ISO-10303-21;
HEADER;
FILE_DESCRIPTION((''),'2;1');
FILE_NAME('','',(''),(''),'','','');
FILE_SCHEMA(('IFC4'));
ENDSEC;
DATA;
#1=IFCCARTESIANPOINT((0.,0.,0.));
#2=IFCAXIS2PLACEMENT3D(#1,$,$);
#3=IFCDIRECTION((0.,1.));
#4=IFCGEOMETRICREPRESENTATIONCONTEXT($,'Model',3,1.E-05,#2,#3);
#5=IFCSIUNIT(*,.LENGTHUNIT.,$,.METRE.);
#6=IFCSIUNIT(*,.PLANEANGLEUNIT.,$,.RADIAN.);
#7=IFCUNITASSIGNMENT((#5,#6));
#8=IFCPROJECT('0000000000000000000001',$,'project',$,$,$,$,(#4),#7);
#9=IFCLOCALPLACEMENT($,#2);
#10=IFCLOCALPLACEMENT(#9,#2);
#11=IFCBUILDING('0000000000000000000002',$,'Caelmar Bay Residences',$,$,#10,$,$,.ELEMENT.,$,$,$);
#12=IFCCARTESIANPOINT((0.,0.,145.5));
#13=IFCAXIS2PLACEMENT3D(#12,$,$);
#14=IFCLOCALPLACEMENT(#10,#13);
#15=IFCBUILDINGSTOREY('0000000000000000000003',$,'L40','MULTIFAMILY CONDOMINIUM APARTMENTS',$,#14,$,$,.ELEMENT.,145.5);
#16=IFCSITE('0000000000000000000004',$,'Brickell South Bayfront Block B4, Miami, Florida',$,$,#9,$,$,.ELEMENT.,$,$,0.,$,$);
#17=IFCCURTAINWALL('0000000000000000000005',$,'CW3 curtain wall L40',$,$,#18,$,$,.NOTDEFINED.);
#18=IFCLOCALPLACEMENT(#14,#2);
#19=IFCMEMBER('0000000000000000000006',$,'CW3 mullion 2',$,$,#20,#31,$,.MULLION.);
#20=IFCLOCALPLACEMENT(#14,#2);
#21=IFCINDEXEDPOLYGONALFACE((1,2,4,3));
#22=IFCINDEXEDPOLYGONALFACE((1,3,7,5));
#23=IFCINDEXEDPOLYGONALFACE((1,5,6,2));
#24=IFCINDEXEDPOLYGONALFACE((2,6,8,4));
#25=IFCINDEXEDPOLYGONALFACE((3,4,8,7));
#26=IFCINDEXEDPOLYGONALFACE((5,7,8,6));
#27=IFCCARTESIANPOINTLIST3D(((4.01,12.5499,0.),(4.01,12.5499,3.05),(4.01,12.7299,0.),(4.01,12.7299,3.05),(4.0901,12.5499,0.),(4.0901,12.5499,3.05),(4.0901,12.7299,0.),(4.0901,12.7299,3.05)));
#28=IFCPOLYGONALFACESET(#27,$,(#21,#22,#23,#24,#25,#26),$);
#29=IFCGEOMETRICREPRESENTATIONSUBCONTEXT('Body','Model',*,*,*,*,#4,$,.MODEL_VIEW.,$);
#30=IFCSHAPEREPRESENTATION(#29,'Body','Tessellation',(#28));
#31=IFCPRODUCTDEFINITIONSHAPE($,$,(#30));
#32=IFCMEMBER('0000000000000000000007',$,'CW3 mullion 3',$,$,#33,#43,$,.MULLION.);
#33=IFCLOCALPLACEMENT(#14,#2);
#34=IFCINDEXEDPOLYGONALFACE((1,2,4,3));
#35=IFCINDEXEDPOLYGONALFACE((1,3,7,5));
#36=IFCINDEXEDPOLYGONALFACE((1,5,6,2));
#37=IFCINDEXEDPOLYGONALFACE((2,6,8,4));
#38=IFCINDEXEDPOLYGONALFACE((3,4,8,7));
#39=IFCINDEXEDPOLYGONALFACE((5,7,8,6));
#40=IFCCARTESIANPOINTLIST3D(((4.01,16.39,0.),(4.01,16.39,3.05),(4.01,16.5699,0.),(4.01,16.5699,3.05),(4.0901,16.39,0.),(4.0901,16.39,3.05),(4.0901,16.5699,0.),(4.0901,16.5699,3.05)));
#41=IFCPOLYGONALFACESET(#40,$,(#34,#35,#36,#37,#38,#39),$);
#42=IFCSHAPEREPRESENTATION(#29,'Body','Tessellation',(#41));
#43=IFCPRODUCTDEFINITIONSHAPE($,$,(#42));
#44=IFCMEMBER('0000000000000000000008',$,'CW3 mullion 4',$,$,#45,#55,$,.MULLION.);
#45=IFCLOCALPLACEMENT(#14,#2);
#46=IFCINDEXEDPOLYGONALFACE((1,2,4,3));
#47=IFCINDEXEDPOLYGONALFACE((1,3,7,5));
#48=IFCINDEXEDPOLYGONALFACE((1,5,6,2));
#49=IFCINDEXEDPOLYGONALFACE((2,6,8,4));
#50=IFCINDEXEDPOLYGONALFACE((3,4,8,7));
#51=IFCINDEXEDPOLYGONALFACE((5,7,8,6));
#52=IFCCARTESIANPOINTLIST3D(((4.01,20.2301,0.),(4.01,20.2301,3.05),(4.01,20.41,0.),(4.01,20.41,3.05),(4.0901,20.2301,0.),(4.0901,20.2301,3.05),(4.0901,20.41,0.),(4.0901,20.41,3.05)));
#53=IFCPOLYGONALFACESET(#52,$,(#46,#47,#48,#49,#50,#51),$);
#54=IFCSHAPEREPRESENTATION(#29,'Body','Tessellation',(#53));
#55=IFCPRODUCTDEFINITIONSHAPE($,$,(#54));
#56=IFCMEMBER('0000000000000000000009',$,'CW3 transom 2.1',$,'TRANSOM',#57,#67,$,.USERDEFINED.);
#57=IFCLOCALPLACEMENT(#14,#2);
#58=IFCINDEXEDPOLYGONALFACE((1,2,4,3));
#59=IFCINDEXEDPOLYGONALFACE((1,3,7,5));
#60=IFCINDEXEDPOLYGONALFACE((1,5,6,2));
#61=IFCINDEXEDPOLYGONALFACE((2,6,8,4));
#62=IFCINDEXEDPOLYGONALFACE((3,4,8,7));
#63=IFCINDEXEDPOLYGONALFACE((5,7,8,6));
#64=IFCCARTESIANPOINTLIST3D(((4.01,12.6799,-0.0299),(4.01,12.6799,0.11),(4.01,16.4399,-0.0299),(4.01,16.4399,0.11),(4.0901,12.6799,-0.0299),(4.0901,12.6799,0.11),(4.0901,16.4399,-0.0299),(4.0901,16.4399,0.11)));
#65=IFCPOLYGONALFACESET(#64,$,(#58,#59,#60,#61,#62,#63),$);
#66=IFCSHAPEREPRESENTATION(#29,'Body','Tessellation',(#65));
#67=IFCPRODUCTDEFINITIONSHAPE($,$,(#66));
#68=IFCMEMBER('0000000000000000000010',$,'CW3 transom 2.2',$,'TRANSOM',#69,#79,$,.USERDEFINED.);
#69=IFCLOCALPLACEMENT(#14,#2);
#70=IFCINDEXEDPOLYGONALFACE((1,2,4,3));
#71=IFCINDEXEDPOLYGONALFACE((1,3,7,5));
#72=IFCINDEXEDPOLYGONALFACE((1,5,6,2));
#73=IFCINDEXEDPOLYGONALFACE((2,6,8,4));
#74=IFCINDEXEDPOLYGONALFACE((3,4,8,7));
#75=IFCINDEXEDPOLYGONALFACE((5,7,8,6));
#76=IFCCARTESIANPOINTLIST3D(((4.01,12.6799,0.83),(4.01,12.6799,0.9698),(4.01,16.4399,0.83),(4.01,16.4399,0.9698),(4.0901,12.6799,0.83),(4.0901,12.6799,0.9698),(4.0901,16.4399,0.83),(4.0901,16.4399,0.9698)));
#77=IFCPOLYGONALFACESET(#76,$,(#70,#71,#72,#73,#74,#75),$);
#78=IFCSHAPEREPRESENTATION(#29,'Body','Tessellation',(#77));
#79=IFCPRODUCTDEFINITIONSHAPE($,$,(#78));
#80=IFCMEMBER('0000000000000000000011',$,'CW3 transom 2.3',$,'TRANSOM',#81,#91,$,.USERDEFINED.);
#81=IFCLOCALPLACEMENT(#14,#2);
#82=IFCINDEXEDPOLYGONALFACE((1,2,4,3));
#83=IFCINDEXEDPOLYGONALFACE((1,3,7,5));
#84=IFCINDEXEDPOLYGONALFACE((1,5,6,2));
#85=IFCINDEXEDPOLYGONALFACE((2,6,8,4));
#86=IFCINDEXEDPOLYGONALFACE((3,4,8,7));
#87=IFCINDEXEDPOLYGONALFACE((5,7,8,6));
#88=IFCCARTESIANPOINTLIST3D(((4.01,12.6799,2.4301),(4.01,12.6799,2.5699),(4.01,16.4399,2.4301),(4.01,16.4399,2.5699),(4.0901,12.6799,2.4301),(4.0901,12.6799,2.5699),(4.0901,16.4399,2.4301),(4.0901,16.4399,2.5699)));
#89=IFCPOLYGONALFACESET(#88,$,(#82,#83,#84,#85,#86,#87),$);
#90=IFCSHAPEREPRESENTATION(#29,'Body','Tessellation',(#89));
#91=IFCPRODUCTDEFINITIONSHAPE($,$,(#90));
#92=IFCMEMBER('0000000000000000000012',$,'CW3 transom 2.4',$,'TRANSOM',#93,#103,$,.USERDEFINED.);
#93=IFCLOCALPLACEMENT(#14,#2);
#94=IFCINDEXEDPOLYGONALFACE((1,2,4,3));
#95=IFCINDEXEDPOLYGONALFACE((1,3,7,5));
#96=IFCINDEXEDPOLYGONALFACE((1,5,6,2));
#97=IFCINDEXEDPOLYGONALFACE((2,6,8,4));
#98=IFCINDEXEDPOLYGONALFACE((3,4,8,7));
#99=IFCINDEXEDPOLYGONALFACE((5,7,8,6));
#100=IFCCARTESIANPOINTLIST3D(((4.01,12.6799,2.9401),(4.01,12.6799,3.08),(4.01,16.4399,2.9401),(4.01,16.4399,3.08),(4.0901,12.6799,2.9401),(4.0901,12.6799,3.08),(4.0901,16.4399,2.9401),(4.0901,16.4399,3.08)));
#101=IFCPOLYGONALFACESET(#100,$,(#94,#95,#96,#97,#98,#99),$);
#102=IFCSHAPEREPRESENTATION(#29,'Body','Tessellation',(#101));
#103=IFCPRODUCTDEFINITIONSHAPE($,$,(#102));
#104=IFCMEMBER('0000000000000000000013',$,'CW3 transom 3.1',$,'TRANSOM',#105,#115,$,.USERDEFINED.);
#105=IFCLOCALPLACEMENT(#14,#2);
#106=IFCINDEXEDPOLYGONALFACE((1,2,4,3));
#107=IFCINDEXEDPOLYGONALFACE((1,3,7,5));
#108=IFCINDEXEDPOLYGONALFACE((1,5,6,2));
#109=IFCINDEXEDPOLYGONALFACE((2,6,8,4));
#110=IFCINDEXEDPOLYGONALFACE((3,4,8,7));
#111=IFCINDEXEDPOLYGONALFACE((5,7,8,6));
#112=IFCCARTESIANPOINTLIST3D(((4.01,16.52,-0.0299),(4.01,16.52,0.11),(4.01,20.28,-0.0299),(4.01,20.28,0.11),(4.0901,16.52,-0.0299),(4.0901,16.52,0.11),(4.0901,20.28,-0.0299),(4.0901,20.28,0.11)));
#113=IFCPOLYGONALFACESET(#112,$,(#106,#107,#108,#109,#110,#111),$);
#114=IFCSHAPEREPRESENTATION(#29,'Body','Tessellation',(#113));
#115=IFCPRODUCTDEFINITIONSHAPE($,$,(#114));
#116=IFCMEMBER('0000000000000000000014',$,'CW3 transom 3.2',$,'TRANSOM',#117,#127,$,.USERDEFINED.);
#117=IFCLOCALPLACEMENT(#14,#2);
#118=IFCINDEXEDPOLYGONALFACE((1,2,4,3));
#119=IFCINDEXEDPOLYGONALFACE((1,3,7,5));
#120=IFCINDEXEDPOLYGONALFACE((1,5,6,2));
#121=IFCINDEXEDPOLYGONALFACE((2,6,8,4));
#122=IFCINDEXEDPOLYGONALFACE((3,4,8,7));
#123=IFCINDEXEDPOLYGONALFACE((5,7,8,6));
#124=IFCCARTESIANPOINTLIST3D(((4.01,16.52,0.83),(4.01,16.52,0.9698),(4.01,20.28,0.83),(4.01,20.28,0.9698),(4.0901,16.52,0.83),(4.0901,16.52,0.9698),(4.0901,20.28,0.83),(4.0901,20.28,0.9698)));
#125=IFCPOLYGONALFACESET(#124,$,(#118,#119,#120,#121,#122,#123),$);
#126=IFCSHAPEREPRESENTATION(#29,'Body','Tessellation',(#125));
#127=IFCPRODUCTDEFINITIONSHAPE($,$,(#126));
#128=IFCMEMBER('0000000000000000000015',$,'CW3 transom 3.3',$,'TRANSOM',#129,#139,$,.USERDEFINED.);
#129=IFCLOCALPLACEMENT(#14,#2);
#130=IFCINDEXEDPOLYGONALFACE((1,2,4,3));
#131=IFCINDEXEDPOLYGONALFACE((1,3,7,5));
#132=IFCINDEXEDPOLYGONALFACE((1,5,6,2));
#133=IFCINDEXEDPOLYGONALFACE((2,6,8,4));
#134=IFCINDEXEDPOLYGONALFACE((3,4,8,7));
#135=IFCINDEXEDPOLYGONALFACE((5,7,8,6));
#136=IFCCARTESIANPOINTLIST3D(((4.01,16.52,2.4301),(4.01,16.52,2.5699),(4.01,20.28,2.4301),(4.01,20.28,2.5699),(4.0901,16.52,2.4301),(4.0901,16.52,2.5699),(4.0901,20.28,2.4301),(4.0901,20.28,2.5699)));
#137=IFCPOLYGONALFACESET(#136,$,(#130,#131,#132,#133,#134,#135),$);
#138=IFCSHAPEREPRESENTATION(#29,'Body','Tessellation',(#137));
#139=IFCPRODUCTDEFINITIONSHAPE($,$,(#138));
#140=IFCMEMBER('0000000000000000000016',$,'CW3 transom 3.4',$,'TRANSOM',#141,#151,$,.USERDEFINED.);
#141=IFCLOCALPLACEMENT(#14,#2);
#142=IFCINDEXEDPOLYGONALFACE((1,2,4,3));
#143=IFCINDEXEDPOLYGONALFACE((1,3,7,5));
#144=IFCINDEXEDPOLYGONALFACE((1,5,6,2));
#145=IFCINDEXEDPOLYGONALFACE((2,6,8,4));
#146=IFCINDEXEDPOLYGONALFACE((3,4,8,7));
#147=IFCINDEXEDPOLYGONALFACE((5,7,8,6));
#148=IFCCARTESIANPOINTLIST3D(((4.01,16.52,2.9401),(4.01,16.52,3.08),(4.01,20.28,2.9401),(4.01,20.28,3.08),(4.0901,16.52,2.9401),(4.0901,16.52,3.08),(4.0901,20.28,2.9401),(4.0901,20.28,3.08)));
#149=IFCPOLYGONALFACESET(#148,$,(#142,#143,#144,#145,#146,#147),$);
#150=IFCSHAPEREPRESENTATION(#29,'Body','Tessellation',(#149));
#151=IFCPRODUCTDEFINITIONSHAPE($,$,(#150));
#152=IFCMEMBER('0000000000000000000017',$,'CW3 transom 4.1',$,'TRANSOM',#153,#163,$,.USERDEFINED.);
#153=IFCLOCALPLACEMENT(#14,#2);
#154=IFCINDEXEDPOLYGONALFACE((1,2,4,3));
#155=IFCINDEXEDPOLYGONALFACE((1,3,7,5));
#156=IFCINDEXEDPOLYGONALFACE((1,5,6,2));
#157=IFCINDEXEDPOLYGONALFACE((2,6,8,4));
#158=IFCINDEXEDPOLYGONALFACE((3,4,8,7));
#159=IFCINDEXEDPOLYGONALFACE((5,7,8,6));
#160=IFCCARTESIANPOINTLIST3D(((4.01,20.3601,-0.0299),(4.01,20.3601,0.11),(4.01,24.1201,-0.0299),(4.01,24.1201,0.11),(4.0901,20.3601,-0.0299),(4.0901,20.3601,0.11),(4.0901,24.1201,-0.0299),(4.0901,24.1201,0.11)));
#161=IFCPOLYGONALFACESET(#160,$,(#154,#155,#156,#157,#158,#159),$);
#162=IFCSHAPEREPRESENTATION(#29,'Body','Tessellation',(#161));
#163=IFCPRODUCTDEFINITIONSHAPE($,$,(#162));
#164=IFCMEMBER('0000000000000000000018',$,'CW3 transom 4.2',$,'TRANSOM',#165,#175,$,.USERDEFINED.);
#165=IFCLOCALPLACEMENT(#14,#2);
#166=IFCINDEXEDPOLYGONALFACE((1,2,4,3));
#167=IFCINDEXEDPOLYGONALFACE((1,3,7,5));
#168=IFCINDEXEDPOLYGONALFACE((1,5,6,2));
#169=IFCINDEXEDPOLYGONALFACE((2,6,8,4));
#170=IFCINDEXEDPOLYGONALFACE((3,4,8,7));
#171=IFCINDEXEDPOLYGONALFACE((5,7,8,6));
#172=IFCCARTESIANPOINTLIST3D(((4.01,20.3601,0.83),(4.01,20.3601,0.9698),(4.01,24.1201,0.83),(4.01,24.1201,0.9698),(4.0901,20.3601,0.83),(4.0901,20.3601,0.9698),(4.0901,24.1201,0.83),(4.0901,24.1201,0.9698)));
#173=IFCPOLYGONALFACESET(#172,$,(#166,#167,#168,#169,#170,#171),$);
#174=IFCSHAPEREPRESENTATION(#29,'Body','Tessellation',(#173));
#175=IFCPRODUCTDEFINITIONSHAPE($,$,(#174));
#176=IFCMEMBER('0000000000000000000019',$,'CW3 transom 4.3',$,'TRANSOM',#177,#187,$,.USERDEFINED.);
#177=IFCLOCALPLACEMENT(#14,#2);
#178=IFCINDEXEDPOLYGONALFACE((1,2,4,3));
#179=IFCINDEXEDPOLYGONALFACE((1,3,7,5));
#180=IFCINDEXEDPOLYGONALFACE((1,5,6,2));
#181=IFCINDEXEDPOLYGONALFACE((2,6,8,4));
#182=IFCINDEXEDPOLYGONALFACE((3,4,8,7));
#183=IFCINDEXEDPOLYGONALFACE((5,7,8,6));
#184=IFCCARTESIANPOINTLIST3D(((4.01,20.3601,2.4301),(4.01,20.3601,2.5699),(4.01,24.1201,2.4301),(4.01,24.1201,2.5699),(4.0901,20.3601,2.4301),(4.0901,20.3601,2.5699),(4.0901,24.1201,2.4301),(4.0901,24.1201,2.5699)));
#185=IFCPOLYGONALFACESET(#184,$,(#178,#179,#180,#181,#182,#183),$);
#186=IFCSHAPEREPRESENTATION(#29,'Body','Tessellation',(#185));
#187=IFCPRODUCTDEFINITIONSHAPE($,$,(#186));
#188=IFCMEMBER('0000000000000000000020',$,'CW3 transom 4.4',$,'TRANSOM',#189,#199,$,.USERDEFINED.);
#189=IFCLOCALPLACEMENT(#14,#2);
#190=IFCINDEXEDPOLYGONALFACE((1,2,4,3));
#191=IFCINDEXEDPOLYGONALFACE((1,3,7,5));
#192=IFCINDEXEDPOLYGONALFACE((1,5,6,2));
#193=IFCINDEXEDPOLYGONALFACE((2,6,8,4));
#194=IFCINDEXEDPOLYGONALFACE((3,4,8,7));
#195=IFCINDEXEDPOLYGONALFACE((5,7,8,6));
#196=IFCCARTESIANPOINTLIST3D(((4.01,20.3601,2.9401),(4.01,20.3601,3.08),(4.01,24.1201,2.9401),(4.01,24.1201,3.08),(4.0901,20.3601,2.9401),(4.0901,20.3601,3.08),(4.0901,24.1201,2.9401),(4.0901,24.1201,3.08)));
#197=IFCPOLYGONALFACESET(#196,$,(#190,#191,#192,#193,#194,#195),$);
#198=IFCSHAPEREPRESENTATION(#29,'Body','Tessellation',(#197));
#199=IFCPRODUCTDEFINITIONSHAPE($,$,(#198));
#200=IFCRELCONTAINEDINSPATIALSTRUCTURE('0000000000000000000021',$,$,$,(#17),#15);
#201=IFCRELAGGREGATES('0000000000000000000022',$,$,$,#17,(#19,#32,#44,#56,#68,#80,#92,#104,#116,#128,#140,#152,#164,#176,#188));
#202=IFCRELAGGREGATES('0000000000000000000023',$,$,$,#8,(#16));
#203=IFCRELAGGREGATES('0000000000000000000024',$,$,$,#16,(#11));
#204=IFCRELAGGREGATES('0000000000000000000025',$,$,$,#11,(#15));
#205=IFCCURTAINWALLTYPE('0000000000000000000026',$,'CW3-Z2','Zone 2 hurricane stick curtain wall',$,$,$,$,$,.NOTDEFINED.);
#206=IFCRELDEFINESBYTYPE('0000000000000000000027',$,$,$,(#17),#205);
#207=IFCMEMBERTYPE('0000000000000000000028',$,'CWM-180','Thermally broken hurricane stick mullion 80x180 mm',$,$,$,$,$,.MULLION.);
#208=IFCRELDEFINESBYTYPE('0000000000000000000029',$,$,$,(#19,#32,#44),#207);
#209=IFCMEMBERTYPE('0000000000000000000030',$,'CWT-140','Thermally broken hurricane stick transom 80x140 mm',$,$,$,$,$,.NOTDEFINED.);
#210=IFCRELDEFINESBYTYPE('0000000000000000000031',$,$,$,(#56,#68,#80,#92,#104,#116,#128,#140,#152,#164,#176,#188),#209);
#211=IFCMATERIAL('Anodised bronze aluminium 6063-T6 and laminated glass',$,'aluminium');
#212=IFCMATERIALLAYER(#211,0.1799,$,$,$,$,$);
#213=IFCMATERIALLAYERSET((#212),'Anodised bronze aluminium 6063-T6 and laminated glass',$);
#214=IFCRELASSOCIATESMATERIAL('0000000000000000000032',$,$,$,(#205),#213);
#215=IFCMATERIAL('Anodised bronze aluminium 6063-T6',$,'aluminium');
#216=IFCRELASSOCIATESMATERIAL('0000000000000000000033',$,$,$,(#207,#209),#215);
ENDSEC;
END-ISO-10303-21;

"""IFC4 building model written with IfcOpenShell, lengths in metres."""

from ifc_helpers import new_model, si_unit, direction, frame, origin, origin_2d, place, context, subcontext, project, spatial, rectangle, extrude, material, layer, layer_set, material_profile, profile_set, type_object, element, aggregate, save


model = new_model("IFC4")

# Units and contexts
model_context = context("Model", 3, precision=1e-05, world=origin(), true_north=direction((0.0, 1.0)))
body_context = subcontext(model_context, "Body", "Model", "MODEL_VIEW")
ifc_project = project(units=[si_unit("LENGTHUNIT", "METRE"), si_unit("PLANEANGLEUNIT", "RADIAN")], contexts=[model_context])

# Site, building, storey
site_placement = place(None, origin())
site = spatial("IfcSite", under=ifc_project, at=site_placement, Name="Brickell South Bayfront Block B4, Miami, Florida", CompositionType="ELEMENT", RefElevation=0.0)
building_placement = place(site_placement, origin())
building = spatial("IfcBuilding", under=site, at=building_placement, Name="Caelmar Bay Residences", CompositionType="ELEMENT")
storey_placement = place(building_placement, frame((0.0, 0.0, 145.5)))
storey = spatial("IfcBuildingStorey", under=building, at=storey_placement, Name="L40", Description="MULTIFAMILY CONDOMINIUM APARTMENTS", CompositionType="ELEMENT", Elevation=145.5)

# Curtain wall, members
ifc_material_1 = material(Name="Anodised bronze aluminium 6063-T6 and laminated glass", Category="aluminium")
ifc_layer_1 = layer(ifc_material_1, 0.1799)
ifc_layer_set_1 = layer_set([ifc_layer_1], Name="Anodised bronze aluminium 6063-T6 and laminated glass")
curtain_wall_type = type_object("IfcCurtainWallType", Name="CW3-Z2", Description="Zone 2 hurricane stick curtain wall", PredefinedType="NOTDEFINED", material=ifc_layer_set_1)
curtain_wall_placement = place(storey_placement, origin())
curtain_wall = element("IfcCurtainWall", 1, at=curtain_wall_placement, inside=storey, type_object=curtain_wall_type, Name="CW3 curtain wall L40", PredefinedType="NOTDEFINED")
ifc_material_2 = material(Name="Anodised bronze aluminium 6063-T6", Category="aluminium")
ifc_material_profile_1 = material_profile(ifc_material_2, rectangle(XDim=0.0801, YDim=0.1799, at=origin_2d()), Name="CWM-80X180")
ifc_profile_set_1 = profile_set([ifc_material_profile_1], Name="Anodised bronze aluminium 6063-T6")
member_type_1 = type_object("IfcMemberType", Name="CWM-180", Description="Thermally broken hurricane stick mullion 80x180 mm", PredefinedType="MULLION", material=ifc_profile_set_1)
member_1_placement = place(storey_placement, frame((4.05, 12.6399, 0.0), z_axis=(0.0, 0.0, 1.0), x_axis=(-1.0, 0.0, 0.0)))
member_1 = element("IfcMember", 2, at=member_1_placement, type_object=member_type_1, Name="CW3 mullion 2", PredefinedType="MULLION", context=body_context, shape_type="SweptSolid", body=[
    extrude(rectangle(XDim=0.0801, YDim=0.1799, at=origin_2d()), origin(), (0.0, 0.0, 1.0), 3.05),
])
member_2_placement = place(storey_placement, frame((4.05, 16.48, 0.0), z_axis=(0.0, 0.0, 1.0), x_axis=(-1.0, 0.0, 0.0)))
member_2 = element("IfcMember", 3, at=member_2_placement, type_object=member_type_1, Name="CW3 mullion 3", PredefinedType="MULLION", context=body_context, shape_type="SweptSolid", body=[
    extrude(rectangle(XDim=0.0801, YDim=0.1799, at=origin_2d()), origin(), (0.0, 0.0, 1.0), 3.05),
])
member_3_placement = place(storey_placement, frame((4.05, 20.3201, 0.0), z_axis=(0.0, 0.0, 1.0), x_axis=(-1.0, 0.0, 0.0)))
member_3 = element("IfcMember", 4, at=member_3_placement, type_object=member_type_1, Name="CW3 mullion 4", PredefinedType="MULLION", context=body_context, shape_type="SweptSolid", body=[
    extrude(rectangle(XDim=0.0801, YDim=0.1799, at=origin_2d()), origin(), (0.0, 0.0, 1.0), 3.05),
])
ifc_material_profile_2 = material_profile(ifc_material_2, rectangle(XDim=0.0801, YDim=0.1399, at=origin_2d()), Name="CWT-80X140")
ifc_profile_set_2 = profile_set([ifc_material_profile_2], Name="Anodised bronze aluminium 6063-T6")
member_type_2 = type_object("IfcMemberType", Name="CWT-140", Description="Thermally broken hurricane stick transom 80x140 mm", PredefinedType="NOTDEFINED", material=ifc_profile_set_2)
member_4_placement = place(storey_placement, frame((4.05, 12.6799, 0.04), z_axis=(0.0, 1.0, 0.0), x_axis=(-1.0, 0.0, 0.0)))
member_4 = element("IfcMember", 5, at=member_4_placement, type_object=member_type_2, Name="CW3 transom 2.1", ObjectType="TRANSOM", PredefinedType="USERDEFINED", context=body_context, shape_type="SweptSolid", body=[
    extrude(rectangle(XDim=0.0801, YDim=0.1399, at=origin_2d()), origin(), (0.0, 0.0, 1.0), 3.76),
])
member_5_placement = place(storey_placement, frame((4.05, 12.6799, 0.8999), z_axis=(0.0, 1.0, 0.0), x_axis=(-1.0, 0.0, 0.0)))
member_5 = element("IfcMember", 6, at=member_5_placement, type_object=member_type_2, Name="CW3 transom 2.2", ObjectType="TRANSOM", PredefinedType="USERDEFINED", context=body_context, shape_type="SweptSolid", body=[
    extrude(rectangle(XDim=0.0801, YDim=0.1399, at=origin_2d()), origin(), (0.0, 0.0, 1.0), 3.76),
])
member_6_placement = place(storey_placement, frame((4.05, 12.6799, 2.5), z_axis=(0.0, 1.0, 0.0), x_axis=(-1.0, 0.0, 0.0)))
member_6 = element("IfcMember", 7, at=member_6_placement, type_object=member_type_2, Name="CW3 transom 2.3", ObjectType="TRANSOM", PredefinedType="USERDEFINED", context=body_context, shape_type="SweptSolid", body=[
    extrude(rectangle(XDim=0.0801, YDim=0.1399, at=origin_2d()), origin(), (0.0, 0.0, 1.0), 3.76),
])
member_7_placement = place(storey_placement, frame((4.05, 12.6799, 3.01), z_axis=(0.0, 1.0, 0.0), x_axis=(-1.0, 0.0, 0.0)))
member_7 = element("IfcMember", 8, at=member_7_placement, type_object=member_type_2, Name="CW3 transom 2.4", ObjectType="TRANSOM", PredefinedType="USERDEFINED", context=body_context, shape_type="SweptSolid", body=[
    extrude(rectangle(XDim=0.0801, YDim=0.1399, at=origin_2d()), origin(), (0.0, 0.0, 1.0), 3.76),
])
member_8_placement = place(storey_placement, frame((4.05, 16.52, 0.04), z_axis=(0.0, 1.0, 0.0), x_axis=(-1.0, 0.0, 0.0)))
member_8 = element("IfcMember", 9, at=member_8_placement, type_object=member_type_2, Name="CW3 transom 3.1", ObjectType="TRANSOM", PredefinedType="USERDEFINED", context=body_context, shape_type="SweptSolid", body=[
    extrude(rectangle(XDim=0.0801, YDim=0.1399, at=origin_2d()), origin(), (0.0, 0.0, 1.0), 3.76),
])
member_9_placement = place(storey_placement, frame((4.05, 16.52, 0.8999), z_axis=(0.0, 1.0, 0.0), x_axis=(-1.0, 0.0, 0.0)))
member_9 = element("IfcMember", 10, at=member_9_placement, type_object=member_type_2, Name="CW3 transom 3.2", ObjectType="TRANSOM", PredefinedType="USERDEFINED", context=body_context, shape_type="SweptSolid", body=[
    extrude(rectangle(XDim=0.0801, YDim=0.1399, at=origin_2d()), origin(), (0.0, 0.0, 1.0), 3.76),
])
member_10_placement = place(storey_placement, frame((4.05, 16.52, 2.5), z_axis=(0.0, 1.0, 0.0), x_axis=(-1.0, 0.0, 0.0)))
member_10 = element("IfcMember", 11, at=member_10_placement, type_object=member_type_2, Name="CW3 transom 3.3", ObjectType="TRANSOM", PredefinedType="USERDEFINED", context=body_context, shape_type="SweptSolid", body=[
    extrude(rectangle(XDim=0.0801, YDim=0.1399, at=origin_2d()), origin(), (0.0, 0.0, 1.0), 3.76),
])
member_11_placement = place(storey_placement, frame((4.05, 16.52, 3.01), z_axis=(0.0, 1.0, 0.0), x_axis=(-1.0, 0.0, 0.0)))
member_11 = element("IfcMember", 12, at=member_11_placement, type_object=member_type_2, Name="CW3 transom 3.4", ObjectType="TRANSOM", PredefinedType="USERDEFINED", context=body_context, shape_type="SweptSolid", body=[
    extrude(rectangle(XDim=0.0801, YDim=0.1399, at=origin_2d()), origin(), (0.0, 0.0, 1.0), 3.76),
])
member_12_placement = place(storey_placement, frame((4.05, 20.3601, 0.04), z_axis=(0.0, 1.0, 0.0), x_axis=(-1.0, 0.0, 0.0)))
member_12 = element("IfcMember", 13, at=member_12_placement, type_object=member_type_2, Name="CW3 transom 4.1", ObjectType="TRANSOM", PredefinedType="USERDEFINED", context=body_context, shape_type="SweptSolid", body=[
    extrude(rectangle(XDim=0.0801, YDim=0.1399, at=origin_2d()), origin(), (0.0, 0.0, 1.0), 3.76),
])
member_13_placement = place(storey_placement, frame((4.05, 20.3601, 0.8999), z_axis=(0.0, 1.0, 0.0), x_axis=(-1.0, 0.0, 0.0)))
member_13 = element("IfcMember", 14, at=member_13_placement, type_object=member_type_2, Name="CW3 transom 4.2", ObjectType="TRANSOM", PredefinedType="USERDEFINED", context=body_context, shape_type="SweptSolid", body=[
    extrude(rectangle(XDim=0.0801, YDim=0.1399, at=origin_2d()), origin(), (0.0, 0.0, 1.0), 3.76),
])
member_14_placement = place(storey_placement, frame((4.05, 20.3601, 2.5), z_axis=(0.0, 1.0, 0.0), x_axis=(-1.0, 0.0, 0.0)))
member_14 = element("IfcMember", 15, at=member_14_placement, type_object=member_type_2, Name="CW3 transom 4.3", ObjectType="TRANSOM", PredefinedType="USERDEFINED", context=body_context, shape_type="SweptSolid", body=[
    extrude(rectangle(XDim=0.0801, YDim=0.1399, at=origin_2d()), origin(), (0.0, 0.0, 1.0), 3.76),
])
member_15_placement = place(storey_placement, frame((4.05, 20.3601, 3.01), z_axis=(0.0, 1.0, 0.0), x_axis=(-1.0, 0.0, 0.0)))
member_15 = element("IfcMember", 16, at=member_15_placement, type_object=member_type_2, Name="CW3 transom 4.4", ObjectType="TRANSOM", PredefinedType="USERDEFINED", context=body_context, shape_type="SweptSolid", body=[
    extrude(rectangle(XDim=0.0801, YDim=0.1399, at=origin_2d()), origin(), (0.0, 0.0, 1.0), 3.76),
])
aggregate(curtain_wall, [member_1, member_2, member_3, member_4, member_5, member_6, member_7, member_8, member_9, member_10, member_11, member_12, member_13, member_14, member_15])

save(model, "model.ifc")
